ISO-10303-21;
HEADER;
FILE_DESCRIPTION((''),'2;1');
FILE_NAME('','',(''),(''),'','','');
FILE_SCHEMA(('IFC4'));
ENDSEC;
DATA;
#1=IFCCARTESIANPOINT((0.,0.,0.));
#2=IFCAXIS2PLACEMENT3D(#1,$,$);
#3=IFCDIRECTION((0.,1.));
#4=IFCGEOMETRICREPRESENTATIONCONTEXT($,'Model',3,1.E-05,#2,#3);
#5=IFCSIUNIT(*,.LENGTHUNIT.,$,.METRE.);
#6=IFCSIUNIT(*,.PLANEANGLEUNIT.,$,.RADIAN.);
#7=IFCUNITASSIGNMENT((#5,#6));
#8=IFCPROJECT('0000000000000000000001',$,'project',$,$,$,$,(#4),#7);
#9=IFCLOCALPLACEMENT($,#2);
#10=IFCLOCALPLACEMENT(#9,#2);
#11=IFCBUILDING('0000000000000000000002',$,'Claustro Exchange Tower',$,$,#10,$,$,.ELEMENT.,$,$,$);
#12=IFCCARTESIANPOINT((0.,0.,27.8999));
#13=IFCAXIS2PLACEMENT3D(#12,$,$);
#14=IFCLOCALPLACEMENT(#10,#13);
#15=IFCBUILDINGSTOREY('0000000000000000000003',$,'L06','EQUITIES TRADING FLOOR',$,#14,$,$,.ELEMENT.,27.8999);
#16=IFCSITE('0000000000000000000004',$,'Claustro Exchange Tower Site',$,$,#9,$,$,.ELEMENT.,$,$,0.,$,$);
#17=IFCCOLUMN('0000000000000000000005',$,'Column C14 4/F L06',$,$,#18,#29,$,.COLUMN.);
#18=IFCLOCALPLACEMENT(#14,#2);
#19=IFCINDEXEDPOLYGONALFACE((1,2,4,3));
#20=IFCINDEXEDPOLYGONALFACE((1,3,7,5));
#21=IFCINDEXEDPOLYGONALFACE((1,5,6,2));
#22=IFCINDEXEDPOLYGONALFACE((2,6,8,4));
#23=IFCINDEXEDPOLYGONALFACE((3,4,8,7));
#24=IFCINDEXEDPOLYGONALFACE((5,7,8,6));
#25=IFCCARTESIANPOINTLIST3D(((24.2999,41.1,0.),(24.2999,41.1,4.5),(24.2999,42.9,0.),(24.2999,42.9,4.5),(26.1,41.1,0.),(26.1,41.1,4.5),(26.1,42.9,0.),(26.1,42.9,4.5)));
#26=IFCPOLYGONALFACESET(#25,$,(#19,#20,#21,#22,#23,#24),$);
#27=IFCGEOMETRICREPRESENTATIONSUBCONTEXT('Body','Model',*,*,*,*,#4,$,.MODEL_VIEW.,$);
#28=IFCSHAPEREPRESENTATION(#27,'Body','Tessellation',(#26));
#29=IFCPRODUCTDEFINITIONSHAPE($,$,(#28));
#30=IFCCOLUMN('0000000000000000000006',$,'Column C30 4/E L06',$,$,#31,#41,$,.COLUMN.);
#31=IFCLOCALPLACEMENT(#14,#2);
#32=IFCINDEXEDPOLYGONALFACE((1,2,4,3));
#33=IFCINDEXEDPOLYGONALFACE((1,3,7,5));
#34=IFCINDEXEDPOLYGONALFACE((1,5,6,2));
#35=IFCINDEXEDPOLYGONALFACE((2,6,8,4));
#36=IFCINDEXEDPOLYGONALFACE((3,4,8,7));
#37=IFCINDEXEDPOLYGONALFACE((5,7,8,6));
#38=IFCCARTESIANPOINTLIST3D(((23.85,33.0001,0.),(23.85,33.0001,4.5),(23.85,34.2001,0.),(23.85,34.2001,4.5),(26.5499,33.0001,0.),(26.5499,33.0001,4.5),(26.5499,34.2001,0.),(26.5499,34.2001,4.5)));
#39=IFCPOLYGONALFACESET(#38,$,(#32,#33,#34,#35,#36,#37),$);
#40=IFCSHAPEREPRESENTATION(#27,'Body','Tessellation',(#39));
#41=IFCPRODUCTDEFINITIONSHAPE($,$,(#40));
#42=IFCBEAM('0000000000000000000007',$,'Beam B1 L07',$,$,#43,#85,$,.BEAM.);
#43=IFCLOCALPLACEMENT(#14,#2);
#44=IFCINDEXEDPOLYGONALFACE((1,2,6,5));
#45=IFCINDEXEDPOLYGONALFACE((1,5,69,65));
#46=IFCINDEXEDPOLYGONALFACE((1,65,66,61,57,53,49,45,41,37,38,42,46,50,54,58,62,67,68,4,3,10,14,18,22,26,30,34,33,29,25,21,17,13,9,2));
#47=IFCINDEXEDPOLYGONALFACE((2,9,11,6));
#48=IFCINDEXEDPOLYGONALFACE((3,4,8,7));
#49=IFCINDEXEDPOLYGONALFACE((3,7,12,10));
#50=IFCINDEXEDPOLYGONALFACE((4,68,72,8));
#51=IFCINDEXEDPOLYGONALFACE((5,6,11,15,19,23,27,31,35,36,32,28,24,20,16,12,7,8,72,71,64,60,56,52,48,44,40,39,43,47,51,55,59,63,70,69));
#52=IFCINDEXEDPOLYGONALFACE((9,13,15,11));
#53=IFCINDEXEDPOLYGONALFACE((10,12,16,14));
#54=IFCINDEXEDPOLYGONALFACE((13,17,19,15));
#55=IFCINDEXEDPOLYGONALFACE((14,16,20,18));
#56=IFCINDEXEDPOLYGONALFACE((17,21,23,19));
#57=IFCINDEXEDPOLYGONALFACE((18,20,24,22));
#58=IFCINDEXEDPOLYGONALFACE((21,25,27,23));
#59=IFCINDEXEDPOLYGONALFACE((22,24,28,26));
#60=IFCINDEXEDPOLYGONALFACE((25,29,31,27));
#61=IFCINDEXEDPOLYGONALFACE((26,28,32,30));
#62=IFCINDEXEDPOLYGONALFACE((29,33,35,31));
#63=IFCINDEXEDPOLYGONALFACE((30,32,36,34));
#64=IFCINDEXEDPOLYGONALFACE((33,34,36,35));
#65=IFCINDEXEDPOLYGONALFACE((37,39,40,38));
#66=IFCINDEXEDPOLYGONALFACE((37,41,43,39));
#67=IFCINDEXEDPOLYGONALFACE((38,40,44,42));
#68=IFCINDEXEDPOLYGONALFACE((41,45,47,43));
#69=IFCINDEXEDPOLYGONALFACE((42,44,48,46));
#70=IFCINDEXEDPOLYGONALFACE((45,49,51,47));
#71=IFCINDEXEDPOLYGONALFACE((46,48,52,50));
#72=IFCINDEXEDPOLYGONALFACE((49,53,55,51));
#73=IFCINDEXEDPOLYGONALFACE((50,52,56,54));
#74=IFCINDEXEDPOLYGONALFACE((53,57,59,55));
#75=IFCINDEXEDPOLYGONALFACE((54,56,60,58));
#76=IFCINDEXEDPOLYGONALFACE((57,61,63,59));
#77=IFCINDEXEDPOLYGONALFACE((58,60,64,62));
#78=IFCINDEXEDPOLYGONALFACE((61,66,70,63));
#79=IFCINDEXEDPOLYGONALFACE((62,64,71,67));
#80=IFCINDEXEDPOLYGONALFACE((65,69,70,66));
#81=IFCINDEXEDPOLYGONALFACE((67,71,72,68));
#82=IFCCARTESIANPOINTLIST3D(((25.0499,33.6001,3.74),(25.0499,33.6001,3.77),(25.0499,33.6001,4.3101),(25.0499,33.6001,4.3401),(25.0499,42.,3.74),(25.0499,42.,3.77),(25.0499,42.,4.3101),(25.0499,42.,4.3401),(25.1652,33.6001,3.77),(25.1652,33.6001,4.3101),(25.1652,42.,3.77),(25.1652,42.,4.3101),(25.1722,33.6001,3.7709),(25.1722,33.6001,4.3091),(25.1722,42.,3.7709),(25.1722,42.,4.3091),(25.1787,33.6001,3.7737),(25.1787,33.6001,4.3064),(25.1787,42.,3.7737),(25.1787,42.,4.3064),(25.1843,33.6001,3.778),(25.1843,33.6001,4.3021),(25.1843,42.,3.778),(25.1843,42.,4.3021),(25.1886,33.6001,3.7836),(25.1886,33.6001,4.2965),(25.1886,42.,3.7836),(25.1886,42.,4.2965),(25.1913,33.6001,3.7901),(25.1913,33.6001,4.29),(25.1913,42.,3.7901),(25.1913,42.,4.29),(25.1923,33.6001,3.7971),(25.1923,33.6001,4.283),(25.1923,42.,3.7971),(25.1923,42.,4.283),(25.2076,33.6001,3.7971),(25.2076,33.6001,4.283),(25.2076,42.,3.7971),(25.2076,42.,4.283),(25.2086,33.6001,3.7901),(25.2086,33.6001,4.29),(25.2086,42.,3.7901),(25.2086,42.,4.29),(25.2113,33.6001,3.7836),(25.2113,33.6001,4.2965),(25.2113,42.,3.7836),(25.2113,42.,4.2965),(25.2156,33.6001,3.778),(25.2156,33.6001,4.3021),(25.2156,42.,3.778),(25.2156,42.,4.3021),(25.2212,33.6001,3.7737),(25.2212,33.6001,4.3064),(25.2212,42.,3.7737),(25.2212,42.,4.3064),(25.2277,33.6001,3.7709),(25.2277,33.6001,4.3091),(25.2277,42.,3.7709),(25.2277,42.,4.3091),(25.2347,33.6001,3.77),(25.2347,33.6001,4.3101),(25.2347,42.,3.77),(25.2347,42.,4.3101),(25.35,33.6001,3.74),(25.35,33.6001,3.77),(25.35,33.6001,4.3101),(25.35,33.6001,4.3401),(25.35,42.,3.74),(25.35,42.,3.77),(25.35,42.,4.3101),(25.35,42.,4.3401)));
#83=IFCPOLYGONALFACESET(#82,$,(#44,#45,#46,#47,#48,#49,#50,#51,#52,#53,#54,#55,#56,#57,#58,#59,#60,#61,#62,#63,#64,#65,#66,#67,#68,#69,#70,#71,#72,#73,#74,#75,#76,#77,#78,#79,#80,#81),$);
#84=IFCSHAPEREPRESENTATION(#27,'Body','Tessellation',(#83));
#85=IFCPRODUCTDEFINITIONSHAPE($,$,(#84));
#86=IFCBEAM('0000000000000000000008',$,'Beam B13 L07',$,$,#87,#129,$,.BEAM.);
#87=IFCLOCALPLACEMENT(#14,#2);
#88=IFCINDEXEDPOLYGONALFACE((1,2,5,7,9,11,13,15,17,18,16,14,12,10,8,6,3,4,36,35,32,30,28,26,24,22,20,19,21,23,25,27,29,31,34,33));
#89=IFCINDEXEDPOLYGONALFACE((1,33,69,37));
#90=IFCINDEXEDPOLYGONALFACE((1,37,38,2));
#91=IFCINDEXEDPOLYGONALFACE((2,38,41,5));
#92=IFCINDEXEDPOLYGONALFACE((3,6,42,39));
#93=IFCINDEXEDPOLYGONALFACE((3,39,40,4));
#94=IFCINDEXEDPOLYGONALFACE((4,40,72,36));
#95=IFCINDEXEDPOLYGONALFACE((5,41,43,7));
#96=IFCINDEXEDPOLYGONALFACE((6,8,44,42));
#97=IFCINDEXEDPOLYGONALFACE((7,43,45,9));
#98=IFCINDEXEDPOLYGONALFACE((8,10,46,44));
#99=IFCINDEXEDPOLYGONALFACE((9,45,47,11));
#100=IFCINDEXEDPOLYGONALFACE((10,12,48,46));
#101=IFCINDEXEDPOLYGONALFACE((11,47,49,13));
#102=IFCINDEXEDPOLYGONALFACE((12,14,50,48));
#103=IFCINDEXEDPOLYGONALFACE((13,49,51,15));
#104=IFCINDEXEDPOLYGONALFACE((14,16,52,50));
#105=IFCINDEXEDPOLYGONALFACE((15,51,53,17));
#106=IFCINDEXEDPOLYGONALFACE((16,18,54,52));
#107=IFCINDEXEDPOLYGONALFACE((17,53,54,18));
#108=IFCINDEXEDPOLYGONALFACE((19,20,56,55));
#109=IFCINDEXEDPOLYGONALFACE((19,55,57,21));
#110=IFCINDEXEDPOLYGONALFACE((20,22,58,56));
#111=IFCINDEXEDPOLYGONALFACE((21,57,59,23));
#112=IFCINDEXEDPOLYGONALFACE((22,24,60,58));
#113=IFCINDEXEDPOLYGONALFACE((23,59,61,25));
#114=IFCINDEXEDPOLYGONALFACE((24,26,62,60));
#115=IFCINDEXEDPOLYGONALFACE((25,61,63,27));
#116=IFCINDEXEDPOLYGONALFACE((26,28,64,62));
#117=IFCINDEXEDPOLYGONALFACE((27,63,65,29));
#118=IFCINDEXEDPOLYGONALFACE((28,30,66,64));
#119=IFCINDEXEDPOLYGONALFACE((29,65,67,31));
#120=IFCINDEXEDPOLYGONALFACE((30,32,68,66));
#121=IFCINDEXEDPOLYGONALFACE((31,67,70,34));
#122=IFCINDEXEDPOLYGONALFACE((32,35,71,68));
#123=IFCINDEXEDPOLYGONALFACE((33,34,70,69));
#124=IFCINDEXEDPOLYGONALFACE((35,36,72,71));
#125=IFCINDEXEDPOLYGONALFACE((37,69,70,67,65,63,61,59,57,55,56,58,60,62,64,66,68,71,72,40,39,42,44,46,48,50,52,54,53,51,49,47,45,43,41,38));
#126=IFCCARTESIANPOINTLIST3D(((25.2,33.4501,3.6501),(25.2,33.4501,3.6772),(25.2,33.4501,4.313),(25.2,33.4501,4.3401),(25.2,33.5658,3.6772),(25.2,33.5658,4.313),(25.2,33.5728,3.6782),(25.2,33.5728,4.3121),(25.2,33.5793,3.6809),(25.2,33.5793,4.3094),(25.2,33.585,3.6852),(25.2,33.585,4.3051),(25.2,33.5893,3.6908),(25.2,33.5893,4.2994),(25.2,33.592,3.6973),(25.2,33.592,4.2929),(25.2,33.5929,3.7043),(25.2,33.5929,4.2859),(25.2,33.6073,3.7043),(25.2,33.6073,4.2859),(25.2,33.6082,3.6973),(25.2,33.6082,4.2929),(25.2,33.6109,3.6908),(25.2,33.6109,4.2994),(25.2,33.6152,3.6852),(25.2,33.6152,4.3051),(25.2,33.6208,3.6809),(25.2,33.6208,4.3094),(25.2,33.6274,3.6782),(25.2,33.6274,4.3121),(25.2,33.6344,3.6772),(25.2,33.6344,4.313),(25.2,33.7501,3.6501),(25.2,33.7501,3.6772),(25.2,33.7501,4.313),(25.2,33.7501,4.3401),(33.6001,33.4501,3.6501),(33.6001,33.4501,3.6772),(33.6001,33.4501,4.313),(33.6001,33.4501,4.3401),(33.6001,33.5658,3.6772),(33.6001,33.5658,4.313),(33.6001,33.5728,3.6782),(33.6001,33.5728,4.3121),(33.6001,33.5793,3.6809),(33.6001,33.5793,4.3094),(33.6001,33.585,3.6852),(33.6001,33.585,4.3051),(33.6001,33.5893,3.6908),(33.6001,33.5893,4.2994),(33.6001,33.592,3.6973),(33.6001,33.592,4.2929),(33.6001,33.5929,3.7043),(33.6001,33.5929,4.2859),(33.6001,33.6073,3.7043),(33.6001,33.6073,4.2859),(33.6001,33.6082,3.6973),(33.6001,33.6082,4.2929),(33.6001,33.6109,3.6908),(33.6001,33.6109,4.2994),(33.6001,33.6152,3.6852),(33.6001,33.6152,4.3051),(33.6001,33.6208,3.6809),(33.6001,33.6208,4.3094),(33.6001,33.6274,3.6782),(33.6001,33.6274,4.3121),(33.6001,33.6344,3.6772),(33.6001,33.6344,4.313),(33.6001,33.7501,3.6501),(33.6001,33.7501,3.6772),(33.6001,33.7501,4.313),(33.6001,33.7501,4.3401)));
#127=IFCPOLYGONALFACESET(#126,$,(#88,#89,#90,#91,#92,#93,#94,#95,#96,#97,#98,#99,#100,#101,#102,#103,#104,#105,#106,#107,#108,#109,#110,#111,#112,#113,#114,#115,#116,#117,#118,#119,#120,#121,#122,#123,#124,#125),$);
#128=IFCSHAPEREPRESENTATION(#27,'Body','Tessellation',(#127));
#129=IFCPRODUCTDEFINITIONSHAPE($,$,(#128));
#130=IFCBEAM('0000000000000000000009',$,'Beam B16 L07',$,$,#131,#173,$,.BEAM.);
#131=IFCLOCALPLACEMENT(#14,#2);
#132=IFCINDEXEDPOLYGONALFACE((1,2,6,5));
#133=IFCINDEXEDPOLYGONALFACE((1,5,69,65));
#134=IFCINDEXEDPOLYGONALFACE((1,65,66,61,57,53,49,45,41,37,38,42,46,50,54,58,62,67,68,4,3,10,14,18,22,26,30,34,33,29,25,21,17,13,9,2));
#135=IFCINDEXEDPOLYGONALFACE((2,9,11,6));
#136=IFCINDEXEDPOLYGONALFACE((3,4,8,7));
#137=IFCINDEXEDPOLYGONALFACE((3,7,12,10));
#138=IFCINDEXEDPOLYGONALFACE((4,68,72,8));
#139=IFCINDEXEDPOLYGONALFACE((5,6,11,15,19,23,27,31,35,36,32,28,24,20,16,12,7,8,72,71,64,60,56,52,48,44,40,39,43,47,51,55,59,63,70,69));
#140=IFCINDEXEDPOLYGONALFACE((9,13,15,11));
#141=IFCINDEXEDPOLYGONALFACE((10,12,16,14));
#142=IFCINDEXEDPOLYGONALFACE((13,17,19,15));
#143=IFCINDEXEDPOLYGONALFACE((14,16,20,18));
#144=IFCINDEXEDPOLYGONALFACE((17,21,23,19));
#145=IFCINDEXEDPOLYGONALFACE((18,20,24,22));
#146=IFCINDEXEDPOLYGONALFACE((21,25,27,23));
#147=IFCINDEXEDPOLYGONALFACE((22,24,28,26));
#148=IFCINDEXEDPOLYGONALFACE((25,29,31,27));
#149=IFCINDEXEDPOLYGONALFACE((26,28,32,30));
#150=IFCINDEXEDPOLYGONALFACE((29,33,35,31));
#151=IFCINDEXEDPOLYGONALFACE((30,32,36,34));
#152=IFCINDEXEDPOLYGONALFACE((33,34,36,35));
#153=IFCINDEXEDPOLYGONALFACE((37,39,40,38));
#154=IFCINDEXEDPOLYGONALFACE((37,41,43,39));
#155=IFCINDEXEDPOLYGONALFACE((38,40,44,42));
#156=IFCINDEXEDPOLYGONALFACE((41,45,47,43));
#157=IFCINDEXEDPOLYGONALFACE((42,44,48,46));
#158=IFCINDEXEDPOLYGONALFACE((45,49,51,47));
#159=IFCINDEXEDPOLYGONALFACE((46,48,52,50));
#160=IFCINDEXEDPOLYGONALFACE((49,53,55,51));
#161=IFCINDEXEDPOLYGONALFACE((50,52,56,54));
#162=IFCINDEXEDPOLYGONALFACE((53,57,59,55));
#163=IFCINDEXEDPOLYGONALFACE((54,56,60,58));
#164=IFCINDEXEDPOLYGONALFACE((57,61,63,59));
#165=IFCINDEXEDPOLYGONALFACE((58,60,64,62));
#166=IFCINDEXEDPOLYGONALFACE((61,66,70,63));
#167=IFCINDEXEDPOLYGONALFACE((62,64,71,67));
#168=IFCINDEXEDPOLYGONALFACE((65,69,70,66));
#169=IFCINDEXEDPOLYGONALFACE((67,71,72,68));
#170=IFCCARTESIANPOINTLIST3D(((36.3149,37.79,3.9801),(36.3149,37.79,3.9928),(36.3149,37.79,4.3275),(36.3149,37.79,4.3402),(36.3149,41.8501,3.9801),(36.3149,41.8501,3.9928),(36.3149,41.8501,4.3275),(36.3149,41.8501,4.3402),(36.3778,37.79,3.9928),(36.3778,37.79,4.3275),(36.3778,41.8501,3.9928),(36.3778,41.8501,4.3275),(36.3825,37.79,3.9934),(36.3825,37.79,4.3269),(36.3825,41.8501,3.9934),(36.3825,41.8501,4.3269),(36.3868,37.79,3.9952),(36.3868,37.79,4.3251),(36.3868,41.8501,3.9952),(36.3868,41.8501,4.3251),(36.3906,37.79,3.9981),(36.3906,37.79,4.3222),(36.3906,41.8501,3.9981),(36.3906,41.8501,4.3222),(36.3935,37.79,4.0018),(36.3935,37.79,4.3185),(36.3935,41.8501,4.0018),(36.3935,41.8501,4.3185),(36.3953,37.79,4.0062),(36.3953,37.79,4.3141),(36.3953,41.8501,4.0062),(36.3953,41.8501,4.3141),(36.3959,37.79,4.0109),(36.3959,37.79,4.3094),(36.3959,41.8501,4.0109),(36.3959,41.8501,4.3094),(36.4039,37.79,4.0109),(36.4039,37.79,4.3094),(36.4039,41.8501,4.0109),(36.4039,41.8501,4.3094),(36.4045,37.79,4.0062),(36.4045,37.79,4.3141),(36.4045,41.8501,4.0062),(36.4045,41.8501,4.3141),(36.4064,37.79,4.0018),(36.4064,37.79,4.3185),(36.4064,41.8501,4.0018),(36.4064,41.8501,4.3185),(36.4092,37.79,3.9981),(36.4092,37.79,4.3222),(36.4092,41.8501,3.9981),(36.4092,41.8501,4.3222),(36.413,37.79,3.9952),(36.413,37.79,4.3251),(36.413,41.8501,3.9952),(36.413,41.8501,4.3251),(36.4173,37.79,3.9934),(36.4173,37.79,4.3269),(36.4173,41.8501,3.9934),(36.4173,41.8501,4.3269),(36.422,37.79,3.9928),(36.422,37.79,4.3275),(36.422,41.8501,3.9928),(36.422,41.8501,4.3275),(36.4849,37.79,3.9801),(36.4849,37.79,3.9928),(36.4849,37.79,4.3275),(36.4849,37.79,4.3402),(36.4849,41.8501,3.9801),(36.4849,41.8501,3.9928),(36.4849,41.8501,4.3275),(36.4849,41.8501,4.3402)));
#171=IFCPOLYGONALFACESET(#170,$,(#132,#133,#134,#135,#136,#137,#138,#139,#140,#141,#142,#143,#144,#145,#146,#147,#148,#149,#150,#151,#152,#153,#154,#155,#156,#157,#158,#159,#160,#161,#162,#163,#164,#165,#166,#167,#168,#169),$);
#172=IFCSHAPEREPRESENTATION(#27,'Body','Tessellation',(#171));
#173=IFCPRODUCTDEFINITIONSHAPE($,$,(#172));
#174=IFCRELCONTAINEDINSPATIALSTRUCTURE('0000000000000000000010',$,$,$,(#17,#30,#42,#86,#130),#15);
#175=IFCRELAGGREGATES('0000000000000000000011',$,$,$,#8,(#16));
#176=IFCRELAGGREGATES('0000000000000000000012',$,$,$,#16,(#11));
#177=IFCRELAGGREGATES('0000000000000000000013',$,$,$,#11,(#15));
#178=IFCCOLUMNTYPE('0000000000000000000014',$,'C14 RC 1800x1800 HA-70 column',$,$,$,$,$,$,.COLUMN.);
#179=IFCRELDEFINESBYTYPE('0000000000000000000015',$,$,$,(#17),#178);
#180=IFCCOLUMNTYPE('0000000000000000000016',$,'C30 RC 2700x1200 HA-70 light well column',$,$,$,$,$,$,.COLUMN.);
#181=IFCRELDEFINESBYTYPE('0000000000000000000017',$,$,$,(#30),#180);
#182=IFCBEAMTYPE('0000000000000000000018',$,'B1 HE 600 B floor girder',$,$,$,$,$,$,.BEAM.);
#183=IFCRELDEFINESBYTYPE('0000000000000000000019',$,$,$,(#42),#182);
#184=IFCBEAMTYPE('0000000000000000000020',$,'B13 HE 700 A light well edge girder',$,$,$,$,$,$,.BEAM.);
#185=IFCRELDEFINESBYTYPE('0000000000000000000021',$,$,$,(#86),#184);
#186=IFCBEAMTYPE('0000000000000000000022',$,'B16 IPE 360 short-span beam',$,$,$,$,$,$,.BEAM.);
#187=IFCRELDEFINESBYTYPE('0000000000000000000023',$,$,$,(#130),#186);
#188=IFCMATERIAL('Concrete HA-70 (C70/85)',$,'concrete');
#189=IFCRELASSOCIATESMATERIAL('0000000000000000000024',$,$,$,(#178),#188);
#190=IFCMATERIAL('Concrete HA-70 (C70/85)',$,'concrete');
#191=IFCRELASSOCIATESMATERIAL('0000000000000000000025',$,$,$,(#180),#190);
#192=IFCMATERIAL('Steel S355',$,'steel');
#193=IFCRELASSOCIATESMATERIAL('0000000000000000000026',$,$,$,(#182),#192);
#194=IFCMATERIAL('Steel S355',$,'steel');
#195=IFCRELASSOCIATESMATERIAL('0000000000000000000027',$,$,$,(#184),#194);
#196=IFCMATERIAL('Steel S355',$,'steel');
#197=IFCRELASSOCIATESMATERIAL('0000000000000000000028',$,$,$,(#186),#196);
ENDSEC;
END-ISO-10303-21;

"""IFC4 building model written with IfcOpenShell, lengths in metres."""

from ifc_helpers import new_model, si_unit, direction, frame, origin, origin_2d, place, context, subcontext, project, spatial, rectangle, i_section, extrude, material, material_profile, profile_set, type_object, element, save


model = new_model("IFC4")

# Units and contexts
model_context = context("Model", 3, precision=1e-05, world=origin(), true_north=direction((0.0, 1.0)))
body_context = subcontext(model_context, "Body", "Model", "MODEL_VIEW")
ifc_project = project(units=[si_unit("LENGTHUNIT", "METRE"), si_unit("PLANEANGLEUNIT", "RADIAN")], contexts=[model_context])

# Site, building, storey
site_placement = place(None, origin())
site = spatial("IfcSite", under=ifc_project, at=site_placement, Name="Claustro Exchange Tower Site", CompositionType="ELEMENT", RefElevation=0.0)
building_placement = place(site_placement, origin())
building = spatial("IfcBuilding", under=site, at=building_placement, Name="Claustro Exchange Tower", CompositionType="ELEMENT")
storey_placement = place(building_placement, frame((0.0, 0.0, 27.8999)))
storey = spatial("IfcBuildingStorey", under=building, at=storey_placement, Name="L06", Description="EQUITIES TRADING FLOOR", CompositionType="ELEMENT", Elevation=27.8999)

# Columns
ifc_material_1 = material(Name="Concrete HA-70 (C70/85)", Category="concrete")
ifc_material_profile_1 = material_profile(ifc_material_1, rectangle(XDim=1.8, YDim=1.8, at=origin_2d()), Name="RC 1800x1800")
ifc_profile_set_1 = profile_set([ifc_material_profile_1], Name="Concrete HA-70 (C70/85)")
column_type_1 = type_object("IfcColumnType", Name="C14 RC 1800x1800 HA-70 column", PredefinedType="COLUMN", material=ifc_profile_set_1)
column_1_placement = place(storey_placement, frame((25.2, 42.0, 0.0), z_axis=(0.0, 0.0, 1.0), x_axis=(1.0, 0.0, 0.0)))
element("IfcColumn", 1, at=column_1_placement, inside=storey, type_object=column_type_1, Name="Column C14 4/F L06", PredefinedType="COLUMN", context=body_context, shape_type="SweptSolid", body=[
    extrude(rectangle(XDim=1.8, YDim=1.8, at=origin_2d()), origin(), (0.0, 0.0, 1.0), 4.5),
])
ifc_material_2 = material(Name="Concrete HA-70 (C70/85)", Category="concrete")
ifc_material_profile_2 = material_profile(ifc_material_2, rectangle(XDim=2.7, YDim=1.2, at=origin_2d()), Name="RC 2700x1200")
ifc_profile_set_2 = profile_set([ifc_material_profile_2], Name="Concrete HA-70 (C70/85)")
column_type_2 = type_object("IfcColumnType", Name="C30 RC 2700x1200 HA-70 light well column", PredefinedType="COLUMN", material=ifc_profile_set_2)
column_2_placement = place(storey_placement, frame((25.2, 33.6001, 0.0), z_axis=(0.0, 0.0, 1.0), x_axis=(1.0, 0.0, 0.0)))
element("IfcColumn", 2, at=column_2_placement, inside=storey, type_object=column_type_2, Name="Column C30 4/E L06", PredefinedType="COLUMN", context=body_context, shape_type="SweptSolid", body=[
    extrude(rectangle(XDim=2.7, YDim=1.2, at=origin_2d()), origin(), (0.0, 0.0, 1.0), 4.5),
])

# Beams
ifc_material_3 = material(Name="Steel S355", Category="steel")
ifc_material_profile_3 = material_profile(ifc_material_3, i_section(OverallWidth=0.3, OverallDepth=0.6001, WebThickness=0.0154, FlangeThickness=0.03, FilletRadius=0.0271, at=origin_2d()), Name="HE 600 B")
ifc_profile_set_3 = profile_set([ifc_material_profile_3], Name="Steel S355")
beam_type_1 = type_object("IfcBeamType", Name="B1 HE 600 B floor girder", PredefinedType="BEAM", material=ifc_profile_set_3)
beam_1_placement = place(storey_placement, frame((25.2, 33.6001, 4.04), z_axis=(0.0, 1.0, 0.0), x_axis=(-1.0, 0.0, 0.0)))
element("IfcBeam", 3, at=beam_1_placement, inside=storey, type_object=beam_type_1, Name="Beam B1 L07", PredefinedType="BEAM", context=body_context, shape_type="SweptSolid", body=[
    extrude(i_section(OverallWidth=0.3, OverallDepth=0.6001, WebThickness=0.0154, FlangeThickness=0.03, FilletRadius=0.0271, at=origin_2d()), origin(), (0.0, 0.0, 1.0), 8.3999),
])
ifc_material_4 = material(Name="Steel S355", Category="steel")
ifc_material_profile_4 = material_profile(ifc_material_4, i_section(OverallWidth=0.3, OverallDepth=0.6899, WebThickness=0.0144, FlangeThickness=0.0271, FilletRadius=0.0271, at=origin_2d()), Name="HE 700 A")
ifc_profile_set_4 = profile_set([ifc_material_profile_4], Name="Steel S355")
beam_type_2 = type_object("IfcBeamType", Name="B13 HE 700 A light well edge girder", PredefinedType="BEAM", material=ifc_profile_set_4)
beam_2_placement = place(storey_placement, frame((25.2, 33.6001, 3.9951), z_axis=(1.0, 0.0, 0.0), x_axis=(0.0, 1.0, 0.0)))
element("IfcBeam", 4, at=beam_2_placement, inside=storey, type_object=beam_type_2, Name="Beam B13 L07", PredefinedType="BEAM", context=body_context, shape_type="SweptSolid", body=[
    extrude(i_section(OverallWidth=0.3, OverallDepth=0.6899, WebThickness=0.0144, FlangeThickness=0.0271, FilletRadius=0.0271, at=origin_2d()), origin(), (0.0, 0.0, 1.0), 8.4001),
])
ifc_material_5 = material(Name="Steel S355", Category="steel")
ifc_material_profile_5 = material_profile(ifc_material_5, i_section(OverallWidth=0.1699, OverallDepth=0.3601, WebThickness=0.0081, FlangeThickness=0.0127, FilletRadius=0.0181, at=origin_2d()), Name="IPE 360")
ifc_profile_set_5 = profile_set([ifc_material_profile_5], Name="Steel S355")
beam_type_3 = type_object("IfcBeamType", Name="B16 IPE 360 short-span beam", PredefinedType="BEAM", material=ifc_profile_set_5)
for number, where, z_axis, x_axis, name in (
    (5, (36.3999, 37.79, 4.1602), (0.0, 1.0, 0.0), (-1.0, 0.0, 0.0), "Beam B16 L07"),
):
    element("IfcBeam", number, at=place(storey_placement, frame(where, z_axis=z_axis, x_axis=x_axis)), inside=storey, type_object=beam_type_3, Name=name, PredefinedType="BEAM", context=body_context, shape_type="SweptSolid", body=[
        extrude(i_section(OverallWidth=0.1699, OverallDepth=0.3601, WebThickness=0.0081, FlangeThickness=0.0127, FilletRadius=0.0181, at=origin_2d()), origin(), (0.0, 0.0, 1.0), 4.0601),
    ])

save(model, "model.ifc")
